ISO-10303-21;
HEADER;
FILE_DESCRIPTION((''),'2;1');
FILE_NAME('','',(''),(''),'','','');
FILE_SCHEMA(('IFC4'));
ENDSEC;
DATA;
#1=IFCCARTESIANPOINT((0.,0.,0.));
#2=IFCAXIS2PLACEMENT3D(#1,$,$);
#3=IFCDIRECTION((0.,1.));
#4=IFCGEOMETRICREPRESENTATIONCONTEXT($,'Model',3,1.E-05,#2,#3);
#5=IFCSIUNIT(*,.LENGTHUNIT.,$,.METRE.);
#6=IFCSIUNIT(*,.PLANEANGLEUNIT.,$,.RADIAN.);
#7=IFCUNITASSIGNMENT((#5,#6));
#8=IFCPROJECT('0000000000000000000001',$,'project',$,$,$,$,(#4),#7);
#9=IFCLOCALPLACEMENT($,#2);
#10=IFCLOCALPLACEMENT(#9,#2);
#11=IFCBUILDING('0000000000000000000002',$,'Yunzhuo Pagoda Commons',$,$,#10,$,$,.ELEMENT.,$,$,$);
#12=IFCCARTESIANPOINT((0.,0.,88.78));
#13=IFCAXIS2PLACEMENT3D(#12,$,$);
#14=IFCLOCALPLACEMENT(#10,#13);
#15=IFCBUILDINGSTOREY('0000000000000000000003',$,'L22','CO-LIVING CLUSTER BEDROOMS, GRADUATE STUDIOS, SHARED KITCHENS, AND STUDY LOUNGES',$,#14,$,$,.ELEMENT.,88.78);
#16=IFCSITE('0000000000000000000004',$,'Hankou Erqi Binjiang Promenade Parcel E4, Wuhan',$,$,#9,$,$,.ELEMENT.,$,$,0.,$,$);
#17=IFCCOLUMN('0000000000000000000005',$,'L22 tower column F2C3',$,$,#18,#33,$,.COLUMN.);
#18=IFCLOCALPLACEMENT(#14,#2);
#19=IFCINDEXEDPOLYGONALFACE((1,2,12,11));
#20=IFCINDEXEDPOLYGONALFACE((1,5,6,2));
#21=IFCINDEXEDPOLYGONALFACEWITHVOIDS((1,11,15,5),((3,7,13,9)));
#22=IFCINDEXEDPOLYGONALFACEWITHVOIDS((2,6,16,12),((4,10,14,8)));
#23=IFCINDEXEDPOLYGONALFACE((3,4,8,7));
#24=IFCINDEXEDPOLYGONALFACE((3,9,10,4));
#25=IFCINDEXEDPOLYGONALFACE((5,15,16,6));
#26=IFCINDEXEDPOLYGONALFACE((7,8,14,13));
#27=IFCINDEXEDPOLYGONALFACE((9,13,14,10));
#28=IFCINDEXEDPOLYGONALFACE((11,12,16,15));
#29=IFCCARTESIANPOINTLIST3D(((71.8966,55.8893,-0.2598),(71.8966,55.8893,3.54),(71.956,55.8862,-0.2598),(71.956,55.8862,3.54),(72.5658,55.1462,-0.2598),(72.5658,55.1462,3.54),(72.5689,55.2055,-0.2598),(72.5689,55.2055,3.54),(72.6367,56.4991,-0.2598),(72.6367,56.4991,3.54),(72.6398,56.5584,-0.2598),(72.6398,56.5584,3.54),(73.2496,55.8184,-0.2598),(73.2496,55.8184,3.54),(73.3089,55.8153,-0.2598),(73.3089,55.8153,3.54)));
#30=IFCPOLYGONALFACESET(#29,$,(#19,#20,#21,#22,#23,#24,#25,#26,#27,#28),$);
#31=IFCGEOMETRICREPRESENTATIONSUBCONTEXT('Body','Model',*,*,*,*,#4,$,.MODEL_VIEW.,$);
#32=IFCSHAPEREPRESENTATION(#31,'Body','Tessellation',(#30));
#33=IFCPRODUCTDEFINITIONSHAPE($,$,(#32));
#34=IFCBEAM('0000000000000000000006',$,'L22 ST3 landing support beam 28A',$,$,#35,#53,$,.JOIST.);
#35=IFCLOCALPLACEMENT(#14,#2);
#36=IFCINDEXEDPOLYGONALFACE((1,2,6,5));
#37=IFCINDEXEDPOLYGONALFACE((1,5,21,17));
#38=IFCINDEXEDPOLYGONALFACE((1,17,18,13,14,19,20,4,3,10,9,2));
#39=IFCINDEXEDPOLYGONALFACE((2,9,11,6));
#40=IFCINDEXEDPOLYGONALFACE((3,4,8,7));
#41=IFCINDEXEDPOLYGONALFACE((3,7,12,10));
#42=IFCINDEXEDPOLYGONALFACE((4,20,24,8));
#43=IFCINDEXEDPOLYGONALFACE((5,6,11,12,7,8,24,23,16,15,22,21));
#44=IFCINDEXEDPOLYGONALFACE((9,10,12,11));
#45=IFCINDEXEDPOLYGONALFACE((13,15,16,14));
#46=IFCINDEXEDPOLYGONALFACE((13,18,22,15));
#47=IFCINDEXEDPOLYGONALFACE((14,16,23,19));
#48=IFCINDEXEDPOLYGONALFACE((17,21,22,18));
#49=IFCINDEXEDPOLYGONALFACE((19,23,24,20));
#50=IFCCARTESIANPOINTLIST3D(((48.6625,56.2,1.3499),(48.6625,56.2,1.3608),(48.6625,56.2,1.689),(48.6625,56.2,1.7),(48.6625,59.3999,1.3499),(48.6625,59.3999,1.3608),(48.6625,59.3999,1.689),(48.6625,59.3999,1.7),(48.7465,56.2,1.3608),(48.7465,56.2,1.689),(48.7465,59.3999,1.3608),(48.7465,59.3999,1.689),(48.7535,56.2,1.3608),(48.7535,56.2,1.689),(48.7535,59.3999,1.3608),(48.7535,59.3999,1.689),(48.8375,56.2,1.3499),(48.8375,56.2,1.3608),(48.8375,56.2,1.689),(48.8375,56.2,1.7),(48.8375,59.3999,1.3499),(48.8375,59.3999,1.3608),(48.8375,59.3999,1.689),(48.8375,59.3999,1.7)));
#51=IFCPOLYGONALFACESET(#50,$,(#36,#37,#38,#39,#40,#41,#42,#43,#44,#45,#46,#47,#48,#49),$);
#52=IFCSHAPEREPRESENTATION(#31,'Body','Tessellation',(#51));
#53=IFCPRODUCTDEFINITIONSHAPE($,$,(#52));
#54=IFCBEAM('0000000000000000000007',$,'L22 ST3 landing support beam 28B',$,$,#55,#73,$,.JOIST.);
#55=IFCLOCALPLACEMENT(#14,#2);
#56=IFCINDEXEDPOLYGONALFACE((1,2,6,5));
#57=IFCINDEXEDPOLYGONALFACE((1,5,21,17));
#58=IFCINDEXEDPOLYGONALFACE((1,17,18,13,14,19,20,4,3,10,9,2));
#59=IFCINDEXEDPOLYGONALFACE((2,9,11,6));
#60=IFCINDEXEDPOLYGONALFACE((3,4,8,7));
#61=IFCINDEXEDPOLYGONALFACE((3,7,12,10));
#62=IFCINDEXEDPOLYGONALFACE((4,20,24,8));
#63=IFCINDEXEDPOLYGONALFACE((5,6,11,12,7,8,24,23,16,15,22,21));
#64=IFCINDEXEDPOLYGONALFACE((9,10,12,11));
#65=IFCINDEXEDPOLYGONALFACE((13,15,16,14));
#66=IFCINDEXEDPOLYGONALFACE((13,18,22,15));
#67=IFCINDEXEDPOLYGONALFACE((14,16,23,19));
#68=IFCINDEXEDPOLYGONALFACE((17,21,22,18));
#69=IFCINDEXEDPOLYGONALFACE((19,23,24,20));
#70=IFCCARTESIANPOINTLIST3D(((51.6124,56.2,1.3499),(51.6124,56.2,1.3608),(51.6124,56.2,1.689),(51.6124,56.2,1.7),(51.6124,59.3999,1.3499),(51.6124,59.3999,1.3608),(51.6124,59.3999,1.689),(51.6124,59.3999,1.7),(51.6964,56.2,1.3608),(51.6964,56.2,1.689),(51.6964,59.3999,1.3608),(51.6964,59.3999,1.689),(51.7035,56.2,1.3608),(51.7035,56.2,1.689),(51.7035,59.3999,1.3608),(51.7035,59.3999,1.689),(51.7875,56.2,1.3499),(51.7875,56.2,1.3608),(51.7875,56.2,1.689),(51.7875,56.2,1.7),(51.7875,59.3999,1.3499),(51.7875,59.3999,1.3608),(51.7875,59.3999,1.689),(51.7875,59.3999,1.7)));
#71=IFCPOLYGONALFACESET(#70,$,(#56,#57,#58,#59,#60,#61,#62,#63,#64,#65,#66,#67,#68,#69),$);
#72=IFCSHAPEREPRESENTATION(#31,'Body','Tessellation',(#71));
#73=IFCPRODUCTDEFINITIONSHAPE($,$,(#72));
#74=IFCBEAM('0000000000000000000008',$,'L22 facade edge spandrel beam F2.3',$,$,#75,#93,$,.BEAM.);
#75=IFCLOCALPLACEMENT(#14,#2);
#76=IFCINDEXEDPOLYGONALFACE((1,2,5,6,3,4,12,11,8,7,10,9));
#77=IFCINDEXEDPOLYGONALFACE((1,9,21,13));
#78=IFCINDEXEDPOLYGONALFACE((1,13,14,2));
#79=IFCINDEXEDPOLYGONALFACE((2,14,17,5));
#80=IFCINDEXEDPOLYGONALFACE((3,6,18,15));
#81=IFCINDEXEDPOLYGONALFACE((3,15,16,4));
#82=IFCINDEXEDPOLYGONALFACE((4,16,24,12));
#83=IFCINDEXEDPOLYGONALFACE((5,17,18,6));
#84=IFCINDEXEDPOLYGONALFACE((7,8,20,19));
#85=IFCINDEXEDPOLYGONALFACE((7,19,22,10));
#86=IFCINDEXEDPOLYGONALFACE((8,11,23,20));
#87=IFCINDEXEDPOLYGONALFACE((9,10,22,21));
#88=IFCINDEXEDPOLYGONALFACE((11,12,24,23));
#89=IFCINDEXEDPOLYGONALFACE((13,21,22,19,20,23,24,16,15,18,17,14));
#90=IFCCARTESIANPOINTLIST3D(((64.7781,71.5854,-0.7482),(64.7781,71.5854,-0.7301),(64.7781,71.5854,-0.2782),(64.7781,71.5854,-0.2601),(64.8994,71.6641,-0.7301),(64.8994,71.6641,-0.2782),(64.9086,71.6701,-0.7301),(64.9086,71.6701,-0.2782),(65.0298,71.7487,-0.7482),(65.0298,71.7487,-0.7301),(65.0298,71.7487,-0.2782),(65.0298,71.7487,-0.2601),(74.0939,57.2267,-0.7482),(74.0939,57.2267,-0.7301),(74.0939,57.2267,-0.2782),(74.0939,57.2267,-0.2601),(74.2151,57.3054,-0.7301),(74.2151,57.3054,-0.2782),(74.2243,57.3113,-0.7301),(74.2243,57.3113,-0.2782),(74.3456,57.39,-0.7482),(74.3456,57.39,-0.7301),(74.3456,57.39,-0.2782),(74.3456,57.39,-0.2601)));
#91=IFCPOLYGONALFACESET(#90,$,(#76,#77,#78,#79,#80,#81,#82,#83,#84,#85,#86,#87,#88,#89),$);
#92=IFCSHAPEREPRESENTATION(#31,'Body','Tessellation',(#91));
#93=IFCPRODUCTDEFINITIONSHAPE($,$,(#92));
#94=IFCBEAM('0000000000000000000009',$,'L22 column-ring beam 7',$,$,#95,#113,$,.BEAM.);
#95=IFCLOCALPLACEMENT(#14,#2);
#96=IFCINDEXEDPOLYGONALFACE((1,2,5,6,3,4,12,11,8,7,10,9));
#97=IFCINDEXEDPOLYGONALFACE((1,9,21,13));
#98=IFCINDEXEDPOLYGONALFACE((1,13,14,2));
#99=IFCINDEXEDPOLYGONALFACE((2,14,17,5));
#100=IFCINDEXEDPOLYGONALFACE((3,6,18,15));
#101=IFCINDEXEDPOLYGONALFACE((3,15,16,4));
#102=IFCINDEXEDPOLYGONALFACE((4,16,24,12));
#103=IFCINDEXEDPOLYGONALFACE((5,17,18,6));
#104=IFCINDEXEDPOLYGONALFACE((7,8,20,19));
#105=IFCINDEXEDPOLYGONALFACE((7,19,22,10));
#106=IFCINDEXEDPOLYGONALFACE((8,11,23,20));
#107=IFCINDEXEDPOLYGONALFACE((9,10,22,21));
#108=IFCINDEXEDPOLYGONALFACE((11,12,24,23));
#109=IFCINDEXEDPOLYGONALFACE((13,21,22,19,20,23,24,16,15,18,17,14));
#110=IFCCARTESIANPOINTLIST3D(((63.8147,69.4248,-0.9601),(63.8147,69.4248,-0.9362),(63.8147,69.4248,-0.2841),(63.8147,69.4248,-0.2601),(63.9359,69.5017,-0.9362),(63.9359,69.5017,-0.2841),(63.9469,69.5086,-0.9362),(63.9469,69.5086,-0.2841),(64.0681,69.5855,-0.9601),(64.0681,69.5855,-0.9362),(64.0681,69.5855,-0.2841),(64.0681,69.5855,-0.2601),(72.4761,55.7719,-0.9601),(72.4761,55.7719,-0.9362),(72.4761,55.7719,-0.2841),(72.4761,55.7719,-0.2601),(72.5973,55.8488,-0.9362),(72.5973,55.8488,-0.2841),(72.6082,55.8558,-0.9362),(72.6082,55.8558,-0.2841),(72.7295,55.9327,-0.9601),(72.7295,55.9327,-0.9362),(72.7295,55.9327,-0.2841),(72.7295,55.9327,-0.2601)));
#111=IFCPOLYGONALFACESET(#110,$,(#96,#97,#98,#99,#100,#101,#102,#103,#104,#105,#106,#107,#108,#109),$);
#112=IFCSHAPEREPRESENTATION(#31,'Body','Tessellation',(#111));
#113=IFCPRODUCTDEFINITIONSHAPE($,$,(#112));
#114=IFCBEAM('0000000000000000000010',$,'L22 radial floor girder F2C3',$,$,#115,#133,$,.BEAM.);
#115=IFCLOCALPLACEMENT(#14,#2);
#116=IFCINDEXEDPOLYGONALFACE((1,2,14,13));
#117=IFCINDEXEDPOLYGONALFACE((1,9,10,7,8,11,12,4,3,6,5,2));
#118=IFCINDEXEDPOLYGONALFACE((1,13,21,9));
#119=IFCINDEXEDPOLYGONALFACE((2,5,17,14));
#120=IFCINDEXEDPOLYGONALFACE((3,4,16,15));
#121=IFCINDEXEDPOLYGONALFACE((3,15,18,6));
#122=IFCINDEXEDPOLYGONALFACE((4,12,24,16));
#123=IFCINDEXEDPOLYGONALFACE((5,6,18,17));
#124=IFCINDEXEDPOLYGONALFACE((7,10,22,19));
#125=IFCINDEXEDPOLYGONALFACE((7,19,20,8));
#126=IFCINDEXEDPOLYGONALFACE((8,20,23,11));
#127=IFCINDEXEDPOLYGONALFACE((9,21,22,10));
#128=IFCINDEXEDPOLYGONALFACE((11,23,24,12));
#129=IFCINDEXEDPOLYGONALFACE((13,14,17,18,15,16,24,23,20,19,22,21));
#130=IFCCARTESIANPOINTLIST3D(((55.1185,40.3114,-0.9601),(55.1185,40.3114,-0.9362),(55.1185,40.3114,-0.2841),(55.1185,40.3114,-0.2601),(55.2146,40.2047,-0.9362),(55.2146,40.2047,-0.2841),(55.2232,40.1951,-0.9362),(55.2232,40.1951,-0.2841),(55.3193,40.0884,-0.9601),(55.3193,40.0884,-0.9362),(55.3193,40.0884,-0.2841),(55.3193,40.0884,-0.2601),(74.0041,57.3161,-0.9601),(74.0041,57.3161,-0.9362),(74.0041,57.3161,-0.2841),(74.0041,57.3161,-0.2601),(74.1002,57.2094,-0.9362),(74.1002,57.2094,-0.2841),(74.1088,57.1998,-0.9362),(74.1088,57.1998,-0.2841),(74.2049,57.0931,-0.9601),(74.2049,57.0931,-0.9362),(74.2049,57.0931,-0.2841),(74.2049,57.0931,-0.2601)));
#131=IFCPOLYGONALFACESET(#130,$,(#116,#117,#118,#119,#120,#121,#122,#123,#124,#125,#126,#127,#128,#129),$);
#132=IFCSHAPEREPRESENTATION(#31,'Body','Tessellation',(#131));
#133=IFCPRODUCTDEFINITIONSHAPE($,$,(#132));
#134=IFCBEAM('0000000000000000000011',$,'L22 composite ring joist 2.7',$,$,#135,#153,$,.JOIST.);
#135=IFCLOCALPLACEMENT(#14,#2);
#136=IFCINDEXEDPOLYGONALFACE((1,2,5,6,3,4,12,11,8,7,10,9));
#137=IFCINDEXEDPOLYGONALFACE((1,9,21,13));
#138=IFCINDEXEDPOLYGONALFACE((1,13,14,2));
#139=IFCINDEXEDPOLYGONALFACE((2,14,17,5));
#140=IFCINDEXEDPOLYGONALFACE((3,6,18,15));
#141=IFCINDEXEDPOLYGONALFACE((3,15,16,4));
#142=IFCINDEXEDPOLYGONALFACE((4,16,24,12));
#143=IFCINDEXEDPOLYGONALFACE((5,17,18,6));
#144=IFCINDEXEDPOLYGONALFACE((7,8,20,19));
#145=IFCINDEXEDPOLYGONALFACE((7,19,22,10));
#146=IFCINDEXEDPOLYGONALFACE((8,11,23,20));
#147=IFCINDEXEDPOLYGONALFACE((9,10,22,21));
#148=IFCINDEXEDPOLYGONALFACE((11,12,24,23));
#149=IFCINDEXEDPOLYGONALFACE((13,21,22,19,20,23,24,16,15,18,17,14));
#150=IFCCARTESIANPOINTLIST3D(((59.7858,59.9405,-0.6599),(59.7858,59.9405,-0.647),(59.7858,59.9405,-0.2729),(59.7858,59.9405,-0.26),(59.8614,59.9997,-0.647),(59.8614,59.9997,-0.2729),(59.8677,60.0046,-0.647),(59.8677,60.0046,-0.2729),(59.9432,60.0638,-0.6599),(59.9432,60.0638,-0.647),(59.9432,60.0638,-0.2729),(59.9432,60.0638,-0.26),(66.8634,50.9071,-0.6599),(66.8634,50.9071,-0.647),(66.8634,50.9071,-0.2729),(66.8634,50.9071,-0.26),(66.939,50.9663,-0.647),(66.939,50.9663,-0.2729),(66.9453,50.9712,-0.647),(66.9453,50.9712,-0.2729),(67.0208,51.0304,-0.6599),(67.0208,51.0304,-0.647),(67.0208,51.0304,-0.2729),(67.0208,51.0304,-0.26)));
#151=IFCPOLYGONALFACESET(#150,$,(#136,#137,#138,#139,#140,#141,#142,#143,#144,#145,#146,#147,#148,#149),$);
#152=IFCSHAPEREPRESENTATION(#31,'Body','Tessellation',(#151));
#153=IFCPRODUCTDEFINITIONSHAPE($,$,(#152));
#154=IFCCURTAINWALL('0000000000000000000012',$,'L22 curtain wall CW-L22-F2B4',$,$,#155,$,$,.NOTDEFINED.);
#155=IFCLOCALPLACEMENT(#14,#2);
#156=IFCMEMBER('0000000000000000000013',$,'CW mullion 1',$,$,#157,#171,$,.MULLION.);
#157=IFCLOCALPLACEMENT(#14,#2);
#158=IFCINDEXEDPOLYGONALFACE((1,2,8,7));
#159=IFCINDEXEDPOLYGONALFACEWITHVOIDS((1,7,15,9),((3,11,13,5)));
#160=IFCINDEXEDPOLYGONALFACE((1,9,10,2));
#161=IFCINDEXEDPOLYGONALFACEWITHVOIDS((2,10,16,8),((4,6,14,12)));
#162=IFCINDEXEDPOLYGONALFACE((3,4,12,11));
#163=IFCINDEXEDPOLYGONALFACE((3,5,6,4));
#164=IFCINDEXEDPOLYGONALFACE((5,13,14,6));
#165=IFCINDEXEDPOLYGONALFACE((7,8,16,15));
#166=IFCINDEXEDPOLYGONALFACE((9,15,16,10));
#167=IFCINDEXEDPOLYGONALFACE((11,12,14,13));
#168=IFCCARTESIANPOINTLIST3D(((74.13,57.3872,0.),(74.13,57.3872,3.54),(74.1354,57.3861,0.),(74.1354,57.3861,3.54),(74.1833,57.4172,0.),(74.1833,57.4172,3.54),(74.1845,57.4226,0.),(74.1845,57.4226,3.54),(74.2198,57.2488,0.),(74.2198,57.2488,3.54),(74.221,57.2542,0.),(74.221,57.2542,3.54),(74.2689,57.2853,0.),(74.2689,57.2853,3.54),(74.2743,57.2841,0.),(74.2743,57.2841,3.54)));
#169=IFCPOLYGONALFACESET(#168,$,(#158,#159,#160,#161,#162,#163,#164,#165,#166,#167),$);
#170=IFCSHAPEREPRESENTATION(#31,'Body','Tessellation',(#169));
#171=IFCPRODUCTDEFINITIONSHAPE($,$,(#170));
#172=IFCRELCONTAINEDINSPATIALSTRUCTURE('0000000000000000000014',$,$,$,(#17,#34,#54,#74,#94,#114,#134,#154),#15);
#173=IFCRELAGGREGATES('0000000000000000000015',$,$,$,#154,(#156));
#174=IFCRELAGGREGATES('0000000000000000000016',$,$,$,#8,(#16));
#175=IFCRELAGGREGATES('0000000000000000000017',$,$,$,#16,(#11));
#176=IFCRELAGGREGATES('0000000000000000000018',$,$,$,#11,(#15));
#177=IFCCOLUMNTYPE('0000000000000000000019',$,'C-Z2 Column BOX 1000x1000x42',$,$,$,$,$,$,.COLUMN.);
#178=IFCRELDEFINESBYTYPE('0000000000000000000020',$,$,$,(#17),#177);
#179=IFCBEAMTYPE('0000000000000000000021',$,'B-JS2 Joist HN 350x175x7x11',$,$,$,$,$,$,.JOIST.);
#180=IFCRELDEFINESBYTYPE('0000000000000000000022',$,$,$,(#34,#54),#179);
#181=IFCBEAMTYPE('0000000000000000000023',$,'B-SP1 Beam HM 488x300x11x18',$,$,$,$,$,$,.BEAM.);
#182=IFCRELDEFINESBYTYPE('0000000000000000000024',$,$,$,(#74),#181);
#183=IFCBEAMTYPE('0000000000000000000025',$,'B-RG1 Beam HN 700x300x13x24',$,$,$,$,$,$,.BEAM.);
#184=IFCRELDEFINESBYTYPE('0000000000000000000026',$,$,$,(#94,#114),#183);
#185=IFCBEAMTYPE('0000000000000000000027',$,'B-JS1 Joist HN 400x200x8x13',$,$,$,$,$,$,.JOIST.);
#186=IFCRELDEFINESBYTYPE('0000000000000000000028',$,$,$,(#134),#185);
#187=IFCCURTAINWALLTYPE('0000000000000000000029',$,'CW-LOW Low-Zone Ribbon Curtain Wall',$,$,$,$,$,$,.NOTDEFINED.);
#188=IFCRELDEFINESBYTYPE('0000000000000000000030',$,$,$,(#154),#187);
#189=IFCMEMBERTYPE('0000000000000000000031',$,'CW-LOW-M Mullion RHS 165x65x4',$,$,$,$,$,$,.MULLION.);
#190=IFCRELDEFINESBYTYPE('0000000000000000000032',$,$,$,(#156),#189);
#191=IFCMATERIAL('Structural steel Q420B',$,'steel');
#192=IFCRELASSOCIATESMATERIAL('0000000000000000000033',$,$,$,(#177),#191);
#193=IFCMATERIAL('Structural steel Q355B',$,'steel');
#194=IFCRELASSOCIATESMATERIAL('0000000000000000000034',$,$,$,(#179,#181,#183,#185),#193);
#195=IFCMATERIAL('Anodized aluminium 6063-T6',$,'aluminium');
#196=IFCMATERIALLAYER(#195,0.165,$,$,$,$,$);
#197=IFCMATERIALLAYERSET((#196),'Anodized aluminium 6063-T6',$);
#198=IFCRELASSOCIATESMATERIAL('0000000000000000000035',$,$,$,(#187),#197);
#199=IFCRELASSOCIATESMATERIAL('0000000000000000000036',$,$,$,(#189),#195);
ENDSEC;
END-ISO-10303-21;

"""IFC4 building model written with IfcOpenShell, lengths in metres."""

from ifc_helpers import new_model, si_unit, direction, frame, origin, origin_2d, place, context, subcontext, project, spatial, hollow_rectangle, i_section, extrude, source, transform, mapped, material, layer, layer_set, material_profile, profile_set, type_object, element, aggregate, save


model = new_model("IFC4")

# Units and contexts
model_context = context("Model", 3, precision=1e-05, world=origin(), true_north=direction((0.0, 1.0)))
body_context = subcontext(model_context, "Body", "Model", "MODEL_VIEW")
ifc_project = project(units=[si_unit("LENGTHUNIT", "METRE"), si_unit("PLANEANGLEUNIT", "RADIAN")], contexts=[model_context])

# Site, building, storey
site_placement = place(None, origin())
site = spatial("IfcSite", under=ifc_project, at=site_placement, Name="Hankou Erqi Binjiang Promenade Parcel E4, Wuhan", CompositionType="ELEMENT", RefElevation=0.0)
building_placement = place(site_placement, origin())
building = spatial("IfcBuilding", under=site, at=building_placement, Name="Yunzhuo Pagoda Commons", CompositionType="ELEMENT")
storey_placement = place(building_placement, frame((0.0, 0.0, 88.78)))
storey = spatial("IfcBuildingStorey", under=building, at=storey_placement, Name="L22", Description="CO-LIVING CLUSTER BEDROOMS, GRADUATE STUDIOS, SHARED KITCHENS, AND STUDY LOUNGES", CompositionType="ELEMENT", Elevation=88.78)

# Column
ifc_material_1 = material(Name="Structural steel Q420B", Category="steel")
ifc_material_profile_1 = material_profile(ifc_material_1, hollow_rectangle(XDim=1.0, YDim=1.0, WallThickness=0.042, at=origin_2d()), Name="Structural steel Q420B")
ifc_profile_set_1 = profile_set([ifc_material_profile_1], Name="Structural steel Q420B")
column_type = type_object("IfcColumnType", Name="C-Z2 Column BOX 1000x1000x42", PredefinedType="COLUMN", material=ifc_profile_set_1)
shared_shape_1 = source(origin(), body_context, "Body", "SweptSolid", [
    extrude(hollow_rectangle(XDim=1.0, YDim=1.0, WallThickness=0.042, at=origin_2d()), origin(), (0.0, 0.0, 1.0), 3.7998),
])
column_placement = place(storey_placement, frame((72.6028, 55.8523, -0.2598), z_axis=(0.0, 0.0, 1.0), x_axis=(-0.669131, 0.743145, 0.0)))
element("IfcColumn", 1, at=column_placement, inside=storey, type_object=column_type, Name="L22 tower column F2C3", PredefinedType="COLUMN", context=body_context, shape_type="MappedRepresentation", body=[
    mapped(shared_shape_1, transform((0.0, 0.0, 0.0), scale=1.0)),
])

# Beams
ifc_material_2 = material(Name="Structural steel Q355B", Category="steel")
ifc_material_profile_2 = material_profile(ifc_material_2, i_section(OverallWidth=0.175, OverallDepth=0.3501, WebThickness=0.0071, FlangeThickness=0.011, at=origin_2d()), Name="Structural steel Q355B")
ifc_profile_set_2 = profile_set([ifc_material_profile_2], Name="Structural steel Q355B")
beam_type_1 = type_object("IfcBeamType", Name="B-JS2 Joist HN 350x175x7x11", PredefinedType="JOIST", material=ifc_profile_set_2)
shared_shape_2 = source(origin(), body_context, "Body", "SweptSolid", [
    extrude(i_section(OverallWidth=0.175, OverallDepth=0.3501, WebThickness=0.0071, FlangeThickness=0.011, at=origin_2d()), origin(), (0.0, 0.0, 1.0), 3.2),
])
for number, where, z_axis, x_axis, name in (
    (2, (48.75, 56.2, 1.5249), (0.0, 1.0, 0.0), (-1.0, 0.0, 0.0), "L22 ST3 landing support beam 28A"),
    (3, (51.7, 56.2, 1.5249), (0.0, 1.0, 0.0), (-1.0, 0.0, 0.0), "L22 ST3 landing support beam 28B"),
):
    element("IfcBeam", number, at=place(storey_placement, frame(where, z_axis=z_axis, x_axis=x_axis)), inside=storey, type_object=beam_type_1, Name=name, PredefinedType="JOIST", context=body_context, shape_type="MappedRepresentation", body=[
        mapped(shared_shape_2, transform((0.0, 0.0, 0.0), scale=1.0)),
    ])
ifc_material_profile_3 = material_profile(ifc_material_2, i_section(OverallWidth=0.3, OverallDepth=0.488, WebThickness=0.011, FlangeThickness=0.0181, at=origin_2d()), Name="Structural steel Q355B")
ifc_profile_set_3 = profile_set([ifc_material_profile_3], Name="Structural steel Q355B")
beam_type_2 = type_object("IfcBeamType", Name="B-SP1 Beam HM 488x300x11x18", PredefinedType="BEAM", material=ifc_profile_set_3)
shared_shape_3 = source(origin(), body_context, "Body", "SweptSolid", [
    extrude(i_section(OverallWidth=0.3, OverallDepth=0.488, WebThickness=0.011, FlangeThickness=0.0181, at=origin_2d()), origin(), (0.0, 0.0, 1.0), 17.116),
])
beam_1_placement = place(storey_placement, frame((74.2197, 57.3083, -0.5042), z_axis=(-0.544272, 0.838909, 0.0), x_axis=(-0.838909, -0.544272, 0.0)))
element("IfcBeam", 4, at=beam_1_placement, inside=storey, type_object=beam_type_2, Name="L22 facade edge spandrel beam F2.3", PredefinedType="BEAM", context=body_context, shape_type="MappedRepresentation", body=[
    mapped(shared_shape_3, transform((0.0, 0.0, 0.0), scale=1.0)),
])
ifc_material_profile_4 = material_profile(ifc_material_2, i_section(OverallWidth=0.3, OverallDepth=0.7, WebThickness=0.0129, FlangeThickness=0.0239, at=origin_2d()), Name="Structural steel Q355B")
ifc_profile_set_4 = profile_set([ifc_material_profile_4], Name="Structural steel Q355B")
beam_type_3 = type_object("IfcBeamType", Name="B-RG1 Beam HN 700x300x13x24", PredefinedType="BEAM", material=ifc_profile_set_4)
shared_shape_4 = source(origin(), body_context, "Body", "SweptSolid", [
    extrude(i_section(OverallWidth=0.3, OverallDepth=0.7, WebThickness=0.0129, FlangeThickness=0.0239, at=origin_2d()), origin(), (0.0, 0.0, 1.0), 16.1685),
])
beam_2_placement = place(storey_placement, frame((72.6028, 55.8523, -0.6101), z_axis=(-0.535696, 0.844411, 0.0), x_axis=(-0.844411, -0.535696, 0.0)))
element("IfcBeam", 5, at=beam_2_placement, inside=storey, type_object=beam_type_3, Name="L22 column-ring beam 7", PredefinedType="BEAM", context=body_context, shape_type="MappedRepresentation", body=[
    mapped(shared_shape_4, transform((0.0, 0.0, 0.0), scale=1.0)),
])
shared_shape_5 = source(origin(), body_context, "Body", "SweptSolid", [
    extrude(i_section(OverallWidth=0.3, OverallDepth=0.7, WebThickness=0.0129, FlangeThickness=0.0239, at=origin_2d()), origin(), (0.0, 0.0, 1.0), 25.4131),
])
beam_3_placement = place(storey_placement, frame((74.1045, 57.2046, -0.6101), z_axis=(-0.743144, -0.669132, 0.0), x_axis=(0.669132, -0.743144, 0.0)))
element("IfcBeam", 6, at=beam_3_placement, inside=storey, type_object=beam_type_3, Name="L22 radial floor girder F2C3", PredefinedType="BEAM", context=body_context, shape_type="MappedRepresentation", body=[
    mapped(shared_shape_5, transform((0.0, 0.0, 0.0), scale=1.0)),
])
ifc_material_profile_5 = material_profile(ifc_material_2, i_section(OverallWidth=0.2, OverallDepth=0.3999, WebThickness=0.0081, FlangeThickness=0.0129, at=origin_2d()), Name="Structural steel Q355B")
ifc_profile_set_5 = profile_set([ifc_material_profile_5], Name="Structural steel Q355B")
beam_type_4 = type_object("IfcBeamType", Name="B-JS1 Joist HN 400x200x8x13", PredefinedType="JOIST", material=ifc_profile_set_5)
shared_shape_6 = source(origin(), body_context, "Body", "SweptSolid", [
    extrude(i_section(OverallWidth=0.2, OverallDepth=0.3999, WebThickness=0.0081, FlangeThickness=0.0129, at=origin_2d()), origin(), (0.0, 0.0, 1.0), 11.4758),
])
beam_4_placement = place(storey_placement, frame((66.9421, 50.9688, -0.46), z_axis=(-0.61674, 0.787167, 0.0), x_axis=(-0.787167, -0.61674, 0.0)))
element("IfcBeam", 7, at=beam_4_placement, inside=storey, type_object=beam_type_4, Name="L22 composite ring joist 2.7", PredefinedType="JOIST", context=body_context, shape_type="MappedRepresentation", body=[
    mapped(shared_shape_6, transform((0.0, 0.0, 0.0), scale=1.0)),
])

# Curtain wall, member
ifc_material_3 = material(Name="Anodized aluminium 6063-T6", Category="aluminium")
ifc_layer_1 = layer(ifc_material_3, 0.165)
ifc_layer_set_1 = layer_set([ifc_layer_1], Name="Anodized aluminium 6063-T6")
curtain_wall_type = type_object("IfcCurtainWallType", Name="CW-LOW Low-Zone Ribbon Curtain Wall", PredefinedType="NOTDEFINED", material=ifc_layer_set_1)
curtain_wall_1_placement = place(storey_placement, origin())
curtain_wall_1 = element("IfcCurtainWall", 8, at=curtain_wall_1_placement, inside=storey, type_object=curtain_wall_type, Name="L22 curtain wall CW-L22-F2B4", PredefinedType="NOTDEFINED")
ifc_material_profile_6 = material_profile(ifc_material_3, hollow_rectangle(XDim=0.0649, YDim=0.165, WallThickness=0.0039, at=origin_2d()), Name="Anodized aluminium 6063-T6")
ifc_profile_set_6 = profile_set([ifc_material_profile_6], Name="Anodized aluminium 6063-T6")
member_type_1 = type_object("IfcMemberType", Name="CW-LOW-M Mullion RHS 165x65x4", PredefinedType="MULLION", material=ifc_profile_set_6)
shared_shape_7 = source(origin(), body_context, "Body", "SweptSolid", [
    extrude(hollow_rectangle(XDim=0.0649, YDim=0.165, WallThickness=0.0039, at=origin_2d()), origin(), (0.0, 0.0, 1.0), 3.54),
])
member_1_placement = place(storey_placement, frame((74.2021, 57.3357, 0.0), z_axis=(0.0, 0.0, 1.0), x_axis=(-0.838907, -0.544275, 0.0)))
member_1 = element("IfcMember", 9, at=member_1_placement, type_object=member_type_1, Name="CW mullion 1", PredefinedType="MULLION", context=body_context, shape_type="MappedRepresentation", body=[
    mapped(shared_shape_7, transform((0.0, 0.0, 0.0), scale=1.0)),
])
aggregate(curtain_wall_1, [member_1])

save(model, "model.ifc")
